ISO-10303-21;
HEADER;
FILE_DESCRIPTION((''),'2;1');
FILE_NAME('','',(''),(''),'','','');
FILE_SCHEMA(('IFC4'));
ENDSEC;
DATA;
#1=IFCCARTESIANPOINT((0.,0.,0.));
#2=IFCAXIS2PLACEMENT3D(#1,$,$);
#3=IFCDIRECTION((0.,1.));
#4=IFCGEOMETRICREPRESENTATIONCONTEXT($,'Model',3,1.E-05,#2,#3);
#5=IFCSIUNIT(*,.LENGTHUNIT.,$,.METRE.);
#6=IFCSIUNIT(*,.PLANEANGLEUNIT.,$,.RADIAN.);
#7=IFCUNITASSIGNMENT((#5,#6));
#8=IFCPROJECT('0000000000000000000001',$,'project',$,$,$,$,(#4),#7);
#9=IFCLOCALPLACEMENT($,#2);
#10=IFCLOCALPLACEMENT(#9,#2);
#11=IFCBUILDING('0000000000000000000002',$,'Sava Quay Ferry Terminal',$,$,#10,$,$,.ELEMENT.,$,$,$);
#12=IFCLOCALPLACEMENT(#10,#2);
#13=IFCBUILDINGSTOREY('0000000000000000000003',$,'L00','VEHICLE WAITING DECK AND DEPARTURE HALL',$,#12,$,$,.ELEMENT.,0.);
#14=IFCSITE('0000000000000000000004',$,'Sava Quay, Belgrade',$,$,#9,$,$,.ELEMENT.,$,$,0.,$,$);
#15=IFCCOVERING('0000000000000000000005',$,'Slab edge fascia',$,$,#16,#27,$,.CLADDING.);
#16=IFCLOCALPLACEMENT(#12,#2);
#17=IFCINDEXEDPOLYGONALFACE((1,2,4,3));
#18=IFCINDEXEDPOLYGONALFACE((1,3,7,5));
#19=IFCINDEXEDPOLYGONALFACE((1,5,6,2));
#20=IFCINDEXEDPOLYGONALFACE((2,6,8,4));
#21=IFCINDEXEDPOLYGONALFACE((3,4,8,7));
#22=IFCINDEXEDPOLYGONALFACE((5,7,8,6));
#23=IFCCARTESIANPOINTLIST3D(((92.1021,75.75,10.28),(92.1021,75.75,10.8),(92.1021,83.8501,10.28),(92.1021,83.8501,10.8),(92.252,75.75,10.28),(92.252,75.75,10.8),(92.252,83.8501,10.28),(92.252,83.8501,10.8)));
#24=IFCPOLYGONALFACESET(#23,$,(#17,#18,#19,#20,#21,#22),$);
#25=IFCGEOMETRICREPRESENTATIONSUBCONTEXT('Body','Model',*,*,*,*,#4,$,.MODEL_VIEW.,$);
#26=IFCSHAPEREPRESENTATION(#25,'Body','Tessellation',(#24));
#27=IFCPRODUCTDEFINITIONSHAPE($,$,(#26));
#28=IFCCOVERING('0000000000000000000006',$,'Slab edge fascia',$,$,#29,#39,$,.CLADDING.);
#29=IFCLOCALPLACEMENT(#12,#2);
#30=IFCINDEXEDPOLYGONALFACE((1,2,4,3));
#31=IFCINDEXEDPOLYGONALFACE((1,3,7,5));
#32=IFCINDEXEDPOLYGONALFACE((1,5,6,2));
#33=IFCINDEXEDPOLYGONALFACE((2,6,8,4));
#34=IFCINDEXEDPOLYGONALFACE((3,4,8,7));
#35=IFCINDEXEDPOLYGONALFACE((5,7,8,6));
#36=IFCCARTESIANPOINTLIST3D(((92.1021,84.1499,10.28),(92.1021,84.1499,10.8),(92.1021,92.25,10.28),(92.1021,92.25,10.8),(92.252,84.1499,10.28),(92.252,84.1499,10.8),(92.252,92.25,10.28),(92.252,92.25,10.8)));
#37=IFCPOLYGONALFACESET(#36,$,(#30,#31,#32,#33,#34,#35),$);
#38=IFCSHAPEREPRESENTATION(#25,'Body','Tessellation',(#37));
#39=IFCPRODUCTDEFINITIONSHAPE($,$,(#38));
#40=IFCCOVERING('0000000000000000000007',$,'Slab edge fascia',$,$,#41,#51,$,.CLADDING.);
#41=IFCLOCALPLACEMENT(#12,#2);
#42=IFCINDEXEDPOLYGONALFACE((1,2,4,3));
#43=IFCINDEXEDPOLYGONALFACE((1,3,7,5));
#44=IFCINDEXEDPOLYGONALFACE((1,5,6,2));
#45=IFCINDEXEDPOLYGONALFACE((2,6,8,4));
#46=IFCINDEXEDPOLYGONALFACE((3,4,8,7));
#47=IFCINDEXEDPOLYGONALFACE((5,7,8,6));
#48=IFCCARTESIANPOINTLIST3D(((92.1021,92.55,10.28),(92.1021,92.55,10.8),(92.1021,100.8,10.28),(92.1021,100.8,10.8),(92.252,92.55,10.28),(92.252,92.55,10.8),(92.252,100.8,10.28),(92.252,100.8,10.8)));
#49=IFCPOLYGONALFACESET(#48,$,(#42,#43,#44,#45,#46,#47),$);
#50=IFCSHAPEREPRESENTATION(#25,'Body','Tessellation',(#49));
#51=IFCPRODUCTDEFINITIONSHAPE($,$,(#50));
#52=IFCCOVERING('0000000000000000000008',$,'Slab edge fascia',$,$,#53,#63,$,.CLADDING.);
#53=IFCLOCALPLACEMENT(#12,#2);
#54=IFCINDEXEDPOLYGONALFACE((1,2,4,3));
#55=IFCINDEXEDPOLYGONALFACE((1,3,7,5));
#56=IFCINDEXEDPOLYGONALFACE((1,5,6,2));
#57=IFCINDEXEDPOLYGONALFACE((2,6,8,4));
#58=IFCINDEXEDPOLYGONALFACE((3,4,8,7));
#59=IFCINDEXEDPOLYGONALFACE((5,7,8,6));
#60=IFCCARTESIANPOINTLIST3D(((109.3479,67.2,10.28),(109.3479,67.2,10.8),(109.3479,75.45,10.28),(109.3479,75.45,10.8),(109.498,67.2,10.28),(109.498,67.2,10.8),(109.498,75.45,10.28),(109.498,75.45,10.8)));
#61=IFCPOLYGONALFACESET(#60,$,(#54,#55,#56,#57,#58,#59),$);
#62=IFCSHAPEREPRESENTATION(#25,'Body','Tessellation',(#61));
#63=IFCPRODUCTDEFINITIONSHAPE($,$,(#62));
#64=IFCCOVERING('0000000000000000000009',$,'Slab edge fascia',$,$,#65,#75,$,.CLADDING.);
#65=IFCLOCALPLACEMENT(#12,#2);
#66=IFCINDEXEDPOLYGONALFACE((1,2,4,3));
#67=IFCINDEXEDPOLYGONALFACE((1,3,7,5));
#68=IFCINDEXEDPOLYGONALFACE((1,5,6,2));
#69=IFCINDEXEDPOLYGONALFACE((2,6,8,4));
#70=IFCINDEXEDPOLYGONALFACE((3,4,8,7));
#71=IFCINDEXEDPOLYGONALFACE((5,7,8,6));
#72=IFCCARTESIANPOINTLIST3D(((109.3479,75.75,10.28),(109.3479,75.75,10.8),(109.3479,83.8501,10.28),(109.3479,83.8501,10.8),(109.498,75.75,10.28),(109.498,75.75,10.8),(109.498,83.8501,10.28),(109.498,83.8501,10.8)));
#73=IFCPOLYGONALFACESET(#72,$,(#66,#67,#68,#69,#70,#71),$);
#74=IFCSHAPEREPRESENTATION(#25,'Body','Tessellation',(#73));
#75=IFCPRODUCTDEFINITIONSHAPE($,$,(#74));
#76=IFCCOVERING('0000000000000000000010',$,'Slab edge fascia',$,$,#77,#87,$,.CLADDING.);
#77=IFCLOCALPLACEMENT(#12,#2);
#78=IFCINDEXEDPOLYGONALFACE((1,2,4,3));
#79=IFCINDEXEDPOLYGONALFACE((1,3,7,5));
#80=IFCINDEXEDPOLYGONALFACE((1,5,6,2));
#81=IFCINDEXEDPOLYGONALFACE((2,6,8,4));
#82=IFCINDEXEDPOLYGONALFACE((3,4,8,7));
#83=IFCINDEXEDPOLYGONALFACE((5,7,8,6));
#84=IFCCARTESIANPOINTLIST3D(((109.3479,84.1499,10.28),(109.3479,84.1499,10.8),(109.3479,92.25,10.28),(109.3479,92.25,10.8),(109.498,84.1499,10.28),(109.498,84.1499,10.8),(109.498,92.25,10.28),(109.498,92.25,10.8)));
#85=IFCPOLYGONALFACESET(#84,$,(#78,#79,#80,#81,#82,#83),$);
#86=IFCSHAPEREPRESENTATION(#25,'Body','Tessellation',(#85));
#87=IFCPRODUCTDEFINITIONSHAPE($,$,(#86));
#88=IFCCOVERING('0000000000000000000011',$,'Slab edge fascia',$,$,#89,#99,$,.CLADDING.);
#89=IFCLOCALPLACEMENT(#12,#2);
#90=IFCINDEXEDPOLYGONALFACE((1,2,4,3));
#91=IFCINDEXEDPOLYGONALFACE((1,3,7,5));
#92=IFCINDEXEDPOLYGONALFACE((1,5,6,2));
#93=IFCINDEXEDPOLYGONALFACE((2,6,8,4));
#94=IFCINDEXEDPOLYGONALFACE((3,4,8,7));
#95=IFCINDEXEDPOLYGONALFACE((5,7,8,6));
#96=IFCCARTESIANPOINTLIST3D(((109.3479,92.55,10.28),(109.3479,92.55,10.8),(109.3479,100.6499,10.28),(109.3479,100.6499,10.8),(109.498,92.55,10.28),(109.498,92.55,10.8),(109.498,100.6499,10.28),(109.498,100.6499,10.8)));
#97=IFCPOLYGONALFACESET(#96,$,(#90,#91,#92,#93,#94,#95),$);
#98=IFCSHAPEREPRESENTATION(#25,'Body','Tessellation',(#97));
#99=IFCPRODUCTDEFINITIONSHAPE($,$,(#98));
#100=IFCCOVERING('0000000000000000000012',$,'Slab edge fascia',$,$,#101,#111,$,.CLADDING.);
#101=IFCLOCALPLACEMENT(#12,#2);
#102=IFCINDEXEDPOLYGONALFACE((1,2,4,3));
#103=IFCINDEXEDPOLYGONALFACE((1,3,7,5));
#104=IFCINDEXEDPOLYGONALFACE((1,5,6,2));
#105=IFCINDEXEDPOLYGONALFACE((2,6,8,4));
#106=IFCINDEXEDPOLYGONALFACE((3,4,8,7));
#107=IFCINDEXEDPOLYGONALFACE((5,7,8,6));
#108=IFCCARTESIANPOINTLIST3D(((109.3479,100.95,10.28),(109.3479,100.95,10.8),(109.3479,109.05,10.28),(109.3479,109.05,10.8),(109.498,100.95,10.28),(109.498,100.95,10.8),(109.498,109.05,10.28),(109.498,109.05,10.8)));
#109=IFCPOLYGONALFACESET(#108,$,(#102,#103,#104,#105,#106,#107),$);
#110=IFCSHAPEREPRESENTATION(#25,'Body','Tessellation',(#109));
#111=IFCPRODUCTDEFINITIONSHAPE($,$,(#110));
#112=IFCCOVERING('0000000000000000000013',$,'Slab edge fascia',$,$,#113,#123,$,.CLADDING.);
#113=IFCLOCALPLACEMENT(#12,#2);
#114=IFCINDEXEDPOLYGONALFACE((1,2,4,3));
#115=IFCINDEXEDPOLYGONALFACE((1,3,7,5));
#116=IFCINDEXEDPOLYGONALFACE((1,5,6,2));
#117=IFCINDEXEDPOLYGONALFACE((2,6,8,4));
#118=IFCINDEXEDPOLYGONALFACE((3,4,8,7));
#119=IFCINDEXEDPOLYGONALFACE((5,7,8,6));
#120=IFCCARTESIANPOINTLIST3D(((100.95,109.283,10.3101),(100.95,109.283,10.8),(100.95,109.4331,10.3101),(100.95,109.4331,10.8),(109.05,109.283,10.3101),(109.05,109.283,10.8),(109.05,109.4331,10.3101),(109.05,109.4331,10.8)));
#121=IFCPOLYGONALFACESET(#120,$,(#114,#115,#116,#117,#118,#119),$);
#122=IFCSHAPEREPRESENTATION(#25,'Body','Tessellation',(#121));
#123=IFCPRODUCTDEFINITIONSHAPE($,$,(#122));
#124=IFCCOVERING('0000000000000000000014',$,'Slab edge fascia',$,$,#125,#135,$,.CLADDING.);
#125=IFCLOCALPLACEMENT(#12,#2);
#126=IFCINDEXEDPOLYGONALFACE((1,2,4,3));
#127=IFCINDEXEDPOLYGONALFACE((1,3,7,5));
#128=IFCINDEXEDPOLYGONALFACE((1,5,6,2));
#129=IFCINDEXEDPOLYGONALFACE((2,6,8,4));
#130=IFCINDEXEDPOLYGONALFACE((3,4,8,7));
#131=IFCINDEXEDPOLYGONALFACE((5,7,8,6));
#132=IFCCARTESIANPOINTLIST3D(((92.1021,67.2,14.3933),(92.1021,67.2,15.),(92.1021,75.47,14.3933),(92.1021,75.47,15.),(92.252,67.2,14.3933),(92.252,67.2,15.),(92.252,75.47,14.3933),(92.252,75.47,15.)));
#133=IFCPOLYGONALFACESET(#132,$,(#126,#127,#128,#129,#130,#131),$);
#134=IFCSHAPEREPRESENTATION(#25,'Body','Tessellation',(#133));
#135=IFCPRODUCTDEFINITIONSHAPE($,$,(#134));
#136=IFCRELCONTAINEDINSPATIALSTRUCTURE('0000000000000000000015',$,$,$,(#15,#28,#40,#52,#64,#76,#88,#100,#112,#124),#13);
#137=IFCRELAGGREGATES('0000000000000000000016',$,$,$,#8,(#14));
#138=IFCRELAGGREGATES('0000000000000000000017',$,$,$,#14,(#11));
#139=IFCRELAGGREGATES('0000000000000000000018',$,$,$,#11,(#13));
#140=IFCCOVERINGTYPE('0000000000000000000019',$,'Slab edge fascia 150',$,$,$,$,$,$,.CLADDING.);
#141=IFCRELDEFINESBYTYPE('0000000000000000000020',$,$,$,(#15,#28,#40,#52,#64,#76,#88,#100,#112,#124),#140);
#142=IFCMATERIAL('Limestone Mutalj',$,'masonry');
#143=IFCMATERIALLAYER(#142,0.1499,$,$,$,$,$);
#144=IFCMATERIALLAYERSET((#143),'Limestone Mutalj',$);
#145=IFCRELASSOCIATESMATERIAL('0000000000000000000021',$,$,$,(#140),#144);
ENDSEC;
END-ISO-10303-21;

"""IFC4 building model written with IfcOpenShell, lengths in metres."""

from ifc_helpers import new_model, si_unit, direction, frame, origin, place, context, subcontext, project, spatial, polyline, outline, extrude, material, layer, layer_set, type_object, element, save


model = new_model("IFC4")

# Units and contexts
model_context = context("Model", 3, precision=1e-05, world=origin(), true_north=direction((0.0, 1.0)))
body_context = subcontext(model_context, "Body", "Model", "MODEL_VIEW")
ifc_project = project(units=[si_unit("LENGTHUNIT", "METRE"), si_unit("PLANEANGLEUNIT", "RADIAN")], contexts=[model_context])

# Site, building, storey
site_placement = place(None, origin())
site = spatial("IfcSite", under=ifc_project, at=site_placement, Name="Sava Quay, Belgrade", CompositionType="ELEMENT", RefElevation=0.0)
building_placement = place(site_placement, origin())
building = spatial("IfcBuilding", under=site, at=building_placement, Name="Sava Quay Ferry Terminal", CompositionType="ELEMENT")
storey_placement = place(building_placement, origin())
storey = spatial("IfcBuildingStorey", under=building, at=storey_placement, Name="L00", Description="VEHICLE WAITING DECK AND DEPARTURE HALL", CompositionType="ELEMENT", Elevation=0.0)

# Coverings
ifc_material_1 = material(Name="Limestone Mutalj", Category="masonry")
ifc_layer_1 = layer(ifc_material_1, 0.1499)
ifc_layer_set_1 = layer_set([ifc_layer_1], Name="Limestone Mutalj")
covering_type_1 = type_object("IfcCoveringType", Name="Slab edge fascia 150", PredefinedType="CLADDING", material=ifc_layer_set_1)
covering_1_placement = place(storey_placement, frame((0.0, 0.0, 10.28)))
element("IfcCovering", 1, at=covering_1_placement, inside=storey, type_object=covering_type_1, Name="Slab edge fascia", PredefinedType="CLADDING", context=body_context, shape_type="SweptSolid", body=[
    extrude(outline(polyline([(92.1021, 75.75), (92.252, 75.75), (92.252, 83.8501), (92.1021, 83.8501), (92.1021, 75.75)])), origin(), (0.0, 0.0, 1.0), 0.52),
])
covering_2_placement = place(storey_placement, frame((0.0, 0.0, 10.28)))
element("IfcCovering", 2, at=covering_2_placement, inside=storey, type_object=covering_type_1, Name="Slab edge fascia", PredefinedType="CLADDING", context=body_context, shape_type="SweptSolid", body=[
    extrude(outline(polyline([(92.1021, 84.1499), (92.252, 84.1499), (92.252, 92.25), (92.1021, 92.25), (92.1021, 84.1499)])), origin(), (0.0, 0.0, 1.0), 0.52),
])
covering_3_placement = place(storey_placement, frame((0.0, 0.0, 10.28)))
element("IfcCovering", 3, at=covering_3_placement, inside=storey, type_object=covering_type_1, Name="Slab edge fascia", PredefinedType="CLADDING", context=body_context, shape_type="SweptSolid", body=[
    extrude(outline(polyline([(92.1021, 92.55), (92.252, 92.55), (92.252, 100.8), (92.1021, 100.8), (92.1021, 92.55)])), origin(), (0.0, 0.0, 1.0), 0.52),
])
covering_4_placement = place(storey_placement, frame((0.0, 0.0, 10.28)))
element("IfcCovering", 4, at=covering_4_placement, inside=storey, type_object=covering_type_1, Name="Slab edge fascia", PredefinedType="CLADDING", context=body_context, shape_type="SweptSolid", body=[
    extrude(outline(polyline([(109.3479, 75.45), (109.3479, 67.2), (109.498, 67.2), (109.498, 75.45), (109.3479, 75.45)])), origin(), (0.0, 0.0, 1.0), 0.52),
])
covering_5_placement = place(storey_placement, frame((0.0, 0.0, 10.28)))
element("IfcCovering", 5, at=covering_5_placement, inside=storey, type_object=covering_type_1, Name="Slab edge fascia", PredefinedType="CLADDING", context=body_context, shape_type="SweptSolid", body=[
    extrude(outline(polyline([(109.3479, 83.8501), (109.3479, 75.75), (109.498, 75.75), (109.498, 83.8501), (109.3479, 83.8501)])), origin(), (0.0, 0.0, 1.0), 0.52),
])
covering_6_placement = place(storey_placement, frame((0.0, 0.0, 10.28)))
element("IfcCovering", 6, at=covering_6_placement, inside=storey, type_object=covering_type_1, Name="Slab edge fascia", PredefinedType="CLADDING", context=body_context, shape_type="SweptSolid", body=[
    extrude(outline(polyline([(109.3479, 92.25), (109.3479, 84.1499), (109.498, 84.1499), (109.498, 92.25), (109.3479, 92.25)])), origin(), (0.0, 0.0, 1.0), 0.52),
])
covering_7_placement = place(storey_placement, frame((0.0, 0.0, 10.28)))
element("IfcCovering", 7, at=covering_7_placement, inside=storey, type_object=covering_type_1, Name="Slab edge fascia", PredefinedType="CLADDING", context=body_context, shape_type="SweptSolid", body=[
    extrude(outline(polyline([(109.3479, 100.6499), (109.3479, 92.55), (109.498, 92.55), (109.498, 100.6499), (109.3479, 100.6499)])), origin(), (0.0, 0.0, 1.0), 0.52),
])
covering_8_placement = place(storey_placement, frame((0.0, 0.0, 10.28)))
element("IfcCovering", 8, at=covering_8_placement, inside=storey, type_object=covering_type_1, Name="Slab edge fascia", PredefinedType="CLADDING", context=body_context, shape_type="SweptSolid", body=[
    extrude(outline(polyline([(109.3479, 109.05), (109.3479, 100.95), (109.498, 100.95), (109.498, 109.05), (109.3479, 109.05)])), origin(), (0.0, 0.0, 1.0), 0.52),
])
covering_9_placement = place(storey_placement, frame((0.0, 0.0, 10.3101)))
element("IfcCovering", 9, at=covering_9_placement, inside=storey, type_object=covering_type_1, Name="Slab edge fascia", PredefinedType="CLADDING", context=body_context, shape_type="SweptSolid", body=[
    extrude(outline(polyline([(100.95, 109.4331), (100.95, 109.283), (109.05, 109.283), (109.05, 109.4331), (100.95, 109.4331)])), origin(), (0.0, 0.0, 1.0), 0.49),
])
covering_10_placement = place(storey_placement, frame((0.0, 0.0, 14.3933)))
element("IfcCovering", 10, at=covering_10_placement, inside=storey, type_object=covering_type_1, Name="Slab edge fascia", PredefinedType="CLADDING", context=body_context, shape_type="SweptSolid", body=[
    extrude(outline(polyline([(92.1021, 67.2), (92.252, 67.2), (92.252, 75.47), (92.1021, 75.47), (92.1021, 67.2)])), origin(), (0.0, 0.0, 1.0), 0.6067),
])

save(model, "model.ifc")
